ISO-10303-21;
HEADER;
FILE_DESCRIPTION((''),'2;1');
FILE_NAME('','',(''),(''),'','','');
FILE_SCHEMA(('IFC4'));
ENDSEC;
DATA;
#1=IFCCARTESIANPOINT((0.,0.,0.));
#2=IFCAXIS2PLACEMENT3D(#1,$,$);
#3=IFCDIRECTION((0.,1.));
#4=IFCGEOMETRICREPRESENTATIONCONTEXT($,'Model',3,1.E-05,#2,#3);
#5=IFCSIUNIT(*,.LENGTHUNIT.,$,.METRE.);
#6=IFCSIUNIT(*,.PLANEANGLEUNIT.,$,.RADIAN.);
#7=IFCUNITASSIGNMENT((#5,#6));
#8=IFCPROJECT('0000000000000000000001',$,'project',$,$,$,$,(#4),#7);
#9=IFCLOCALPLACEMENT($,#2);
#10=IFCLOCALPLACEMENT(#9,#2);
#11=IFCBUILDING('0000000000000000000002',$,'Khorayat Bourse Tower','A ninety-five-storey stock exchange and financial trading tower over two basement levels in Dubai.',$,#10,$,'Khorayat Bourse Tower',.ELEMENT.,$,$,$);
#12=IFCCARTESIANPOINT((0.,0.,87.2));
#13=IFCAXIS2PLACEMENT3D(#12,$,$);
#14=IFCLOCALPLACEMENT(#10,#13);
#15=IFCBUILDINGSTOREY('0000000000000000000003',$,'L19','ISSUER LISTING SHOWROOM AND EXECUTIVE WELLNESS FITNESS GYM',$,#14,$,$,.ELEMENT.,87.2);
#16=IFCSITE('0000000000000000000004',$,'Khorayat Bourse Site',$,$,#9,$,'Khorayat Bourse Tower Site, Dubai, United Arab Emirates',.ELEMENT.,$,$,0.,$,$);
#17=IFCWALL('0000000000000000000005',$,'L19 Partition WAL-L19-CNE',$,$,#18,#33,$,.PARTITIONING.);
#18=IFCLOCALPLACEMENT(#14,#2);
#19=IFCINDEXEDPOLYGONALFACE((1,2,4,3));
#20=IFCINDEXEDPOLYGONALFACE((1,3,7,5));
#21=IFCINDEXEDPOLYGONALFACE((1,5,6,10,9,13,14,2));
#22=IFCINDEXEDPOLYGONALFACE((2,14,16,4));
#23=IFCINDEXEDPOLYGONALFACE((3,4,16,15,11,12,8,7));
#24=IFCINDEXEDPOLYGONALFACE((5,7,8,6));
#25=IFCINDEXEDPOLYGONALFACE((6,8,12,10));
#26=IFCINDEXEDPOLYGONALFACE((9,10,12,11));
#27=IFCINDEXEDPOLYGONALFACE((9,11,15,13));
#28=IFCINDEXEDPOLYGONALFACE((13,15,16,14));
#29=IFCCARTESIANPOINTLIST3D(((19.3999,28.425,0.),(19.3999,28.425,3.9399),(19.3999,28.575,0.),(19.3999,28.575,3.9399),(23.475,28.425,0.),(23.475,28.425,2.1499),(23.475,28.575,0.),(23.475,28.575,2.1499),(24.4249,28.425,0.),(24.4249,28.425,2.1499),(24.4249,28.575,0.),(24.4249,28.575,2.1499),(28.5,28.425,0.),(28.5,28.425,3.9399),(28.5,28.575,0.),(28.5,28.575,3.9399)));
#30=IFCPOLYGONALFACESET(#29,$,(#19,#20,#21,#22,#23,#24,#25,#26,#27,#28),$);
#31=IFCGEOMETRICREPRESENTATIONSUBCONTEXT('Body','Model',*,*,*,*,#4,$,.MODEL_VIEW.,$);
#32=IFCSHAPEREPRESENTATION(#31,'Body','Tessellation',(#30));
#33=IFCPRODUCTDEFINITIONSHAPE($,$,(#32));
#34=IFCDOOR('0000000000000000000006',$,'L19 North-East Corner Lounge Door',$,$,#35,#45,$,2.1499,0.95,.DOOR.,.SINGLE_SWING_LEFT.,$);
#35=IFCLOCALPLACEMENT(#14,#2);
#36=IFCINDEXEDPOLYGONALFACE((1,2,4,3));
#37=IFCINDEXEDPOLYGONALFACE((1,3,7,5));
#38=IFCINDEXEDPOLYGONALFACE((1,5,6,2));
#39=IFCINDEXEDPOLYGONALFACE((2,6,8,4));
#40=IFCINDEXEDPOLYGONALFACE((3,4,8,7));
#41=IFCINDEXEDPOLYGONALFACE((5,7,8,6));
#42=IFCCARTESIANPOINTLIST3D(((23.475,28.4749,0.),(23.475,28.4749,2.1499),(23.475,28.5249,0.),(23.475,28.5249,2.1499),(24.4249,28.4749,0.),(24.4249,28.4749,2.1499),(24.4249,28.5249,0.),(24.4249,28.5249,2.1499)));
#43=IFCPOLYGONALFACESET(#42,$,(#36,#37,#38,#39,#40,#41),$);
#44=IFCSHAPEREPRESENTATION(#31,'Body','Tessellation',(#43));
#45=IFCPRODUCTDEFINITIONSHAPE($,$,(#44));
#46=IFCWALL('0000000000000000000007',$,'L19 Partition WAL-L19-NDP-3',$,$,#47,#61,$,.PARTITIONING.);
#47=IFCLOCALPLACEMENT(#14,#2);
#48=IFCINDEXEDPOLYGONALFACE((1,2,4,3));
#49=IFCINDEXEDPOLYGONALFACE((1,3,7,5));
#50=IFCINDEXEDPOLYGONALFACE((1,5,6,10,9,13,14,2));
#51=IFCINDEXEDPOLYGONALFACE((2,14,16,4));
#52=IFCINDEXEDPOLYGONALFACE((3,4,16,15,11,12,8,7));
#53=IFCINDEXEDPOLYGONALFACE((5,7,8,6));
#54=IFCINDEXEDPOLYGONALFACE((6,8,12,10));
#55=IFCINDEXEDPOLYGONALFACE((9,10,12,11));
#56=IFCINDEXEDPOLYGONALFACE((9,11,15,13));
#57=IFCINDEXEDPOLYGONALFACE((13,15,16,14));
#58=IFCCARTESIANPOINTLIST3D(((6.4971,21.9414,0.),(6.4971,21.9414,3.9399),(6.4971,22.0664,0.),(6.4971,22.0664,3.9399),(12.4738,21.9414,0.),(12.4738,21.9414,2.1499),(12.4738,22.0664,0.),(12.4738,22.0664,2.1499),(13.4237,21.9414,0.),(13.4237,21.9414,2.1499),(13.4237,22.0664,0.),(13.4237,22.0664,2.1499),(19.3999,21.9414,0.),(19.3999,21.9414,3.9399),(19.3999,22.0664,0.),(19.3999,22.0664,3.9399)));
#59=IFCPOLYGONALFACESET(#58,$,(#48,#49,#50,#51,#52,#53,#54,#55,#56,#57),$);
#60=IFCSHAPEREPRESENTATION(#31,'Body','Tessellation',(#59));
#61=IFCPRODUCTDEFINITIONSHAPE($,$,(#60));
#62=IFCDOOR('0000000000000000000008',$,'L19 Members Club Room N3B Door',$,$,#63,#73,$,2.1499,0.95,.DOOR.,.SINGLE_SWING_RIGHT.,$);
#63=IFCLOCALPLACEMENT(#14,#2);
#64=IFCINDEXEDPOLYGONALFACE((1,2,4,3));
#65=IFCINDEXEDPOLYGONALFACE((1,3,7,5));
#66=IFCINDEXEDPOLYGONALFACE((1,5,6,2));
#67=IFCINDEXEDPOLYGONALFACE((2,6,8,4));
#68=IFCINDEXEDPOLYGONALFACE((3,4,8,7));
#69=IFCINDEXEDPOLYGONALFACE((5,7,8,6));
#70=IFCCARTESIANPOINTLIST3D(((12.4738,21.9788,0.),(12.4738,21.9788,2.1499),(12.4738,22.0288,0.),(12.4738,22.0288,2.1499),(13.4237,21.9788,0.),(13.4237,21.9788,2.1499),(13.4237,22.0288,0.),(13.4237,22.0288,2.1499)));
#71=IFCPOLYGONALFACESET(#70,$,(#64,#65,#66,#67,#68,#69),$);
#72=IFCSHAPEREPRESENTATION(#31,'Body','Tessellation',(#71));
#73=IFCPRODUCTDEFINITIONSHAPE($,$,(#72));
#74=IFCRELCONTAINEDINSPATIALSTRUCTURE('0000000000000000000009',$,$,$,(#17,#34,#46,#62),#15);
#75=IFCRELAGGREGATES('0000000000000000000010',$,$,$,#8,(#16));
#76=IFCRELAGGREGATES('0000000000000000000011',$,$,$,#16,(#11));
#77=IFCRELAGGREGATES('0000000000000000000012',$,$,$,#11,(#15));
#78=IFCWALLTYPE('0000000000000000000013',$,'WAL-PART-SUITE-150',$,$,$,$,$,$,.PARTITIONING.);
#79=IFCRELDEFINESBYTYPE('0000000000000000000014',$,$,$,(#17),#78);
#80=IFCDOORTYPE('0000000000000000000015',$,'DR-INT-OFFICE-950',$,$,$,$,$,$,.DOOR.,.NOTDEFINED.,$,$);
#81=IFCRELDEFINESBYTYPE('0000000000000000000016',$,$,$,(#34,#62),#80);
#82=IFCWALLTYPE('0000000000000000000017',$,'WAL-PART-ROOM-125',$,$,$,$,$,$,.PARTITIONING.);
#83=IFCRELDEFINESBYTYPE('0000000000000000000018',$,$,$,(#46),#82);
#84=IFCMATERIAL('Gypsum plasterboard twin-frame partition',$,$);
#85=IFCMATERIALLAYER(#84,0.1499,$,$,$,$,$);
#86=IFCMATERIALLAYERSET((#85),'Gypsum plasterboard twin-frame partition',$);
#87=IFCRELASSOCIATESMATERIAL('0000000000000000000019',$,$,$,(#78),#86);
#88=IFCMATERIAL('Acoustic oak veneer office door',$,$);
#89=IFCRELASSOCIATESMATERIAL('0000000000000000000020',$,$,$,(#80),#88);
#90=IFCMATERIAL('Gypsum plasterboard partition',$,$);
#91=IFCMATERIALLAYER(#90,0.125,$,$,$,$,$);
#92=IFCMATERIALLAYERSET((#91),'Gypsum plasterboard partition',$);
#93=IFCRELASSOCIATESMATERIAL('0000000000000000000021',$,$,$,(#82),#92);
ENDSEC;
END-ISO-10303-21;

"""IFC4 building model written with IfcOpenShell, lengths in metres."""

from ifc_helpers import new_model, si_unit, direction, frame, frame_2d, origin, place, context, subcontext, project, spatial, rectangle, extrude, source, transform, mapped, material, layer, layer_set, type_object, element, fill, save


model = new_model("IFC4")

# Units and contexts
model_context = context("Model", 3, precision=1e-05, world=origin(), true_north=direction((0.0, 1.0)))
body_context = subcontext(model_context, "Body", "Model", "MODEL_VIEW")
ifc_project = project(units=[si_unit("LENGTHUNIT", "METRE"), si_unit("PLANEANGLEUNIT", "RADIAN")], contexts=[model_context])

# Site, building, storey
site_placement = place(None, origin())
site = spatial("IfcSite", under=ifc_project, at=site_placement, Name="Khorayat Bourse Site", LongName="Khorayat Bourse Tower Site, Dubai, United Arab Emirates", CompositionType="ELEMENT", RefElevation=0.0)
building_placement = place(site_placement, origin())
building = spatial("IfcBuilding", under=site, at=building_placement, Name="Khorayat Bourse Tower", Description="A ninety-five-storey stock exchange and financial trading tower over two basement levels in Dubai.", LongName="Khorayat Bourse Tower", CompositionType="ELEMENT")
storey_placement = place(building_placement, frame((0.0, 0.0, 87.2)))
storey = spatial("IfcBuildingStorey", under=building, at=storey_placement, Name="L19", Description="ISSUER LISTING SHOWROOM AND EXECUTIVE WELLNESS FITNESS GYM", CompositionType="ELEMENT", Elevation=87.2)

# Shared definitions
ifc_material_1 = material(Name="Gypsum plasterboard twin-frame partition")
ifc_layer_1 = layer(ifc_material_1, 0.1499)
ifc_layer_set_1 = layer_set([ifc_layer_1], Name="Gypsum plasterboard twin-frame partition")
wall_type_1 = type_object("IfcWallType", Name="WAL-PART-SUITE-150", PredefinedType="PARTITIONING", material=ifc_layer_set_1)

# Walls, openings, doors
shared_shape_1 = source(origin(), body_context, "Body", "SweptSolid", [
    extrude(rectangle(XDim=9.1001, YDim=0.1499, at=frame_2d((4.55, 0.0))), origin(), (0.0, 0.0, 1.0), 3.9399),
])
wall_1_placement = place(storey_placement, frame((19.3999, 28.5, 0.0), z_axis=(0.0, 0.0, 1.0), x_axis=(1.0, 0.0, 0.0)))
wall_1 = element("IfcWall", 1, at=wall_1_placement, inside=storey, type_object=wall_type_1, Name="L19 Partition WAL-L19-CNE", PredefinedType="PARTITIONING", context=body_context, shape_type="MappedRepresentation", body=[
    mapped(shared_shape_1, transform((0.0, 0.0, 0.0), scale=1.0)),
])
shared_shape_2 = source(origin(), body_context, "Body", "SweptSolid", [
    extrude(rectangle(XDim=0.95, YDim=2.1499, at=frame_2d((0.4751, 1.075))), frame((0.0, 0.085, 0.0), z_axis=(0.0, -1.0, 0.0), x_axis=(1.0, 0.0, 0.0)), (0.0, 0.0, 1.0), 0.1699),
])
opening_1_placement = place(wall_1_placement, frame((4.075, 0.0, 0.0)))
opening_1 = element("IfcOpeningElement", 2, at=opening_1_placement, cuts=wall_1, PredefinedType="OPENING", context=body_context, shape_type="MappedRepresentation", body=[
    mapped(shared_shape_2, transform((0.0, 0.0, 0.0), scale=1.0)),
])
ifc_material_2 = material(Name="Acoustic oak veneer office door")
door_type = type_object("IfcDoorType", Name="DR-INT-OFFICE-950", OperationType="NOTDEFINED", PredefinedType="DOOR", material=ifc_material_2)
shared_shape_3 = source(origin(), body_context, "Body", "SweptSolid", [
    extrude(rectangle(XDim=0.95, YDim=2.1499, at=frame_2d((0.4751, 1.075))), frame((0.0, 0.0249, 0.0), z_axis=(0.0, -1.0, 0.0), x_axis=(1.0, 0.0, 0.0)), (0.0, 0.0, 1.0), 0.05),
])
door_1_placement = place(opening_1_placement, origin())
door_1 = element("IfcDoor", 3, at=door_1_placement, inside=storey, type_object=door_type, Name="L19 North-East Corner Lounge Door", OperationType="SINGLE_SWING_LEFT", OverallHeight=2.1499, OverallWidth=0.95, PredefinedType="DOOR", context=body_context, shape_type="MappedRepresentation", body=[
    mapped(shared_shape_3, transform((0.0, 0.0, 0.0), scale=1.0)),
])
fill(opening_1, door_1)
ifc_material_3 = material(Name="Gypsum plasterboard partition")
ifc_layer_2 = layer(ifc_material_3, 0.125)
ifc_layer_set_2 = layer_set([ifc_layer_2], Name="Gypsum plasterboard partition")
wall_type_2 = type_object("IfcWallType", Name="WAL-PART-ROOM-125", PredefinedType="PARTITIONING", material=ifc_layer_set_2)
shared_shape_4 = source(origin(), body_context, "Body", "SweptSolid", [
    extrude(rectangle(XDim=12.9028, YDim=0.125, at=frame_2d((6.4514, 0.0))), origin(), (0.0, 0.0, 1.0), 3.9399),
])
wall_2_placement = place(storey_placement, frame((6.4971, 22.0039, 0.0), z_axis=(0.0, 0.0, 1.0), x_axis=(1.0, 0.0, 0.0)))
wall_2 = element("IfcWall", 4, at=wall_2_placement, inside=storey, type_object=wall_type_2, Name="L19 Partition WAL-L19-NDP-3", PredefinedType="PARTITIONING", context=body_context, shape_type="MappedRepresentation", body=[
    mapped(shared_shape_4, transform((0.0, 0.0, 0.0), scale=1.0)),
])
shared_shape_5 = source(origin(), body_context, "Body", "SweptSolid", [
    extrude(rectangle(XDim=0.95, YDim=2.1499, at=frame_2d((0.4751, 1.075))), frame((0.0, 0.0725, 0.0), z_axis=(0.0, -1.0, 0.0), x_axis=(1.0, 0.0, 0.0)), (0.0, 0.0, 1.0), 0.145),
])
opening_2_placement = place(wall_2_placement, frame((5.9766, 0.0, 0.0)))
opening_2 = element("IfcOpeningElement", 5, at=opening_2_placement, cuts=wall_2, PredefinedType="OPENING", context=body_context, shape_type="MappedRepresentation", body=[
    mapped(shared_shape_5, transform((0.0, 0.0, 0.0), scale=1.0)),
])
door_2_placement = place(opening_2_placement, origin())
door_2 = element("IfcDoor", 6, at=door_2_placement, inside=storey, type_object=door_type, Name="L19 Members Club Room N3B Door", OperationType="SINGLE_SWING_RIGHT", OverallHeight=2.1499, OverallWidth=0.95, PredefinedType="DOOR", context=body_context, shape_type="MappedRepresentation", body=[
    mapped(shared_shape_3, transform((0.0, 0.0, 0.0), scale=1.0)),
])
fill(opening_2, door_2)

save(model, "model.ifc")
